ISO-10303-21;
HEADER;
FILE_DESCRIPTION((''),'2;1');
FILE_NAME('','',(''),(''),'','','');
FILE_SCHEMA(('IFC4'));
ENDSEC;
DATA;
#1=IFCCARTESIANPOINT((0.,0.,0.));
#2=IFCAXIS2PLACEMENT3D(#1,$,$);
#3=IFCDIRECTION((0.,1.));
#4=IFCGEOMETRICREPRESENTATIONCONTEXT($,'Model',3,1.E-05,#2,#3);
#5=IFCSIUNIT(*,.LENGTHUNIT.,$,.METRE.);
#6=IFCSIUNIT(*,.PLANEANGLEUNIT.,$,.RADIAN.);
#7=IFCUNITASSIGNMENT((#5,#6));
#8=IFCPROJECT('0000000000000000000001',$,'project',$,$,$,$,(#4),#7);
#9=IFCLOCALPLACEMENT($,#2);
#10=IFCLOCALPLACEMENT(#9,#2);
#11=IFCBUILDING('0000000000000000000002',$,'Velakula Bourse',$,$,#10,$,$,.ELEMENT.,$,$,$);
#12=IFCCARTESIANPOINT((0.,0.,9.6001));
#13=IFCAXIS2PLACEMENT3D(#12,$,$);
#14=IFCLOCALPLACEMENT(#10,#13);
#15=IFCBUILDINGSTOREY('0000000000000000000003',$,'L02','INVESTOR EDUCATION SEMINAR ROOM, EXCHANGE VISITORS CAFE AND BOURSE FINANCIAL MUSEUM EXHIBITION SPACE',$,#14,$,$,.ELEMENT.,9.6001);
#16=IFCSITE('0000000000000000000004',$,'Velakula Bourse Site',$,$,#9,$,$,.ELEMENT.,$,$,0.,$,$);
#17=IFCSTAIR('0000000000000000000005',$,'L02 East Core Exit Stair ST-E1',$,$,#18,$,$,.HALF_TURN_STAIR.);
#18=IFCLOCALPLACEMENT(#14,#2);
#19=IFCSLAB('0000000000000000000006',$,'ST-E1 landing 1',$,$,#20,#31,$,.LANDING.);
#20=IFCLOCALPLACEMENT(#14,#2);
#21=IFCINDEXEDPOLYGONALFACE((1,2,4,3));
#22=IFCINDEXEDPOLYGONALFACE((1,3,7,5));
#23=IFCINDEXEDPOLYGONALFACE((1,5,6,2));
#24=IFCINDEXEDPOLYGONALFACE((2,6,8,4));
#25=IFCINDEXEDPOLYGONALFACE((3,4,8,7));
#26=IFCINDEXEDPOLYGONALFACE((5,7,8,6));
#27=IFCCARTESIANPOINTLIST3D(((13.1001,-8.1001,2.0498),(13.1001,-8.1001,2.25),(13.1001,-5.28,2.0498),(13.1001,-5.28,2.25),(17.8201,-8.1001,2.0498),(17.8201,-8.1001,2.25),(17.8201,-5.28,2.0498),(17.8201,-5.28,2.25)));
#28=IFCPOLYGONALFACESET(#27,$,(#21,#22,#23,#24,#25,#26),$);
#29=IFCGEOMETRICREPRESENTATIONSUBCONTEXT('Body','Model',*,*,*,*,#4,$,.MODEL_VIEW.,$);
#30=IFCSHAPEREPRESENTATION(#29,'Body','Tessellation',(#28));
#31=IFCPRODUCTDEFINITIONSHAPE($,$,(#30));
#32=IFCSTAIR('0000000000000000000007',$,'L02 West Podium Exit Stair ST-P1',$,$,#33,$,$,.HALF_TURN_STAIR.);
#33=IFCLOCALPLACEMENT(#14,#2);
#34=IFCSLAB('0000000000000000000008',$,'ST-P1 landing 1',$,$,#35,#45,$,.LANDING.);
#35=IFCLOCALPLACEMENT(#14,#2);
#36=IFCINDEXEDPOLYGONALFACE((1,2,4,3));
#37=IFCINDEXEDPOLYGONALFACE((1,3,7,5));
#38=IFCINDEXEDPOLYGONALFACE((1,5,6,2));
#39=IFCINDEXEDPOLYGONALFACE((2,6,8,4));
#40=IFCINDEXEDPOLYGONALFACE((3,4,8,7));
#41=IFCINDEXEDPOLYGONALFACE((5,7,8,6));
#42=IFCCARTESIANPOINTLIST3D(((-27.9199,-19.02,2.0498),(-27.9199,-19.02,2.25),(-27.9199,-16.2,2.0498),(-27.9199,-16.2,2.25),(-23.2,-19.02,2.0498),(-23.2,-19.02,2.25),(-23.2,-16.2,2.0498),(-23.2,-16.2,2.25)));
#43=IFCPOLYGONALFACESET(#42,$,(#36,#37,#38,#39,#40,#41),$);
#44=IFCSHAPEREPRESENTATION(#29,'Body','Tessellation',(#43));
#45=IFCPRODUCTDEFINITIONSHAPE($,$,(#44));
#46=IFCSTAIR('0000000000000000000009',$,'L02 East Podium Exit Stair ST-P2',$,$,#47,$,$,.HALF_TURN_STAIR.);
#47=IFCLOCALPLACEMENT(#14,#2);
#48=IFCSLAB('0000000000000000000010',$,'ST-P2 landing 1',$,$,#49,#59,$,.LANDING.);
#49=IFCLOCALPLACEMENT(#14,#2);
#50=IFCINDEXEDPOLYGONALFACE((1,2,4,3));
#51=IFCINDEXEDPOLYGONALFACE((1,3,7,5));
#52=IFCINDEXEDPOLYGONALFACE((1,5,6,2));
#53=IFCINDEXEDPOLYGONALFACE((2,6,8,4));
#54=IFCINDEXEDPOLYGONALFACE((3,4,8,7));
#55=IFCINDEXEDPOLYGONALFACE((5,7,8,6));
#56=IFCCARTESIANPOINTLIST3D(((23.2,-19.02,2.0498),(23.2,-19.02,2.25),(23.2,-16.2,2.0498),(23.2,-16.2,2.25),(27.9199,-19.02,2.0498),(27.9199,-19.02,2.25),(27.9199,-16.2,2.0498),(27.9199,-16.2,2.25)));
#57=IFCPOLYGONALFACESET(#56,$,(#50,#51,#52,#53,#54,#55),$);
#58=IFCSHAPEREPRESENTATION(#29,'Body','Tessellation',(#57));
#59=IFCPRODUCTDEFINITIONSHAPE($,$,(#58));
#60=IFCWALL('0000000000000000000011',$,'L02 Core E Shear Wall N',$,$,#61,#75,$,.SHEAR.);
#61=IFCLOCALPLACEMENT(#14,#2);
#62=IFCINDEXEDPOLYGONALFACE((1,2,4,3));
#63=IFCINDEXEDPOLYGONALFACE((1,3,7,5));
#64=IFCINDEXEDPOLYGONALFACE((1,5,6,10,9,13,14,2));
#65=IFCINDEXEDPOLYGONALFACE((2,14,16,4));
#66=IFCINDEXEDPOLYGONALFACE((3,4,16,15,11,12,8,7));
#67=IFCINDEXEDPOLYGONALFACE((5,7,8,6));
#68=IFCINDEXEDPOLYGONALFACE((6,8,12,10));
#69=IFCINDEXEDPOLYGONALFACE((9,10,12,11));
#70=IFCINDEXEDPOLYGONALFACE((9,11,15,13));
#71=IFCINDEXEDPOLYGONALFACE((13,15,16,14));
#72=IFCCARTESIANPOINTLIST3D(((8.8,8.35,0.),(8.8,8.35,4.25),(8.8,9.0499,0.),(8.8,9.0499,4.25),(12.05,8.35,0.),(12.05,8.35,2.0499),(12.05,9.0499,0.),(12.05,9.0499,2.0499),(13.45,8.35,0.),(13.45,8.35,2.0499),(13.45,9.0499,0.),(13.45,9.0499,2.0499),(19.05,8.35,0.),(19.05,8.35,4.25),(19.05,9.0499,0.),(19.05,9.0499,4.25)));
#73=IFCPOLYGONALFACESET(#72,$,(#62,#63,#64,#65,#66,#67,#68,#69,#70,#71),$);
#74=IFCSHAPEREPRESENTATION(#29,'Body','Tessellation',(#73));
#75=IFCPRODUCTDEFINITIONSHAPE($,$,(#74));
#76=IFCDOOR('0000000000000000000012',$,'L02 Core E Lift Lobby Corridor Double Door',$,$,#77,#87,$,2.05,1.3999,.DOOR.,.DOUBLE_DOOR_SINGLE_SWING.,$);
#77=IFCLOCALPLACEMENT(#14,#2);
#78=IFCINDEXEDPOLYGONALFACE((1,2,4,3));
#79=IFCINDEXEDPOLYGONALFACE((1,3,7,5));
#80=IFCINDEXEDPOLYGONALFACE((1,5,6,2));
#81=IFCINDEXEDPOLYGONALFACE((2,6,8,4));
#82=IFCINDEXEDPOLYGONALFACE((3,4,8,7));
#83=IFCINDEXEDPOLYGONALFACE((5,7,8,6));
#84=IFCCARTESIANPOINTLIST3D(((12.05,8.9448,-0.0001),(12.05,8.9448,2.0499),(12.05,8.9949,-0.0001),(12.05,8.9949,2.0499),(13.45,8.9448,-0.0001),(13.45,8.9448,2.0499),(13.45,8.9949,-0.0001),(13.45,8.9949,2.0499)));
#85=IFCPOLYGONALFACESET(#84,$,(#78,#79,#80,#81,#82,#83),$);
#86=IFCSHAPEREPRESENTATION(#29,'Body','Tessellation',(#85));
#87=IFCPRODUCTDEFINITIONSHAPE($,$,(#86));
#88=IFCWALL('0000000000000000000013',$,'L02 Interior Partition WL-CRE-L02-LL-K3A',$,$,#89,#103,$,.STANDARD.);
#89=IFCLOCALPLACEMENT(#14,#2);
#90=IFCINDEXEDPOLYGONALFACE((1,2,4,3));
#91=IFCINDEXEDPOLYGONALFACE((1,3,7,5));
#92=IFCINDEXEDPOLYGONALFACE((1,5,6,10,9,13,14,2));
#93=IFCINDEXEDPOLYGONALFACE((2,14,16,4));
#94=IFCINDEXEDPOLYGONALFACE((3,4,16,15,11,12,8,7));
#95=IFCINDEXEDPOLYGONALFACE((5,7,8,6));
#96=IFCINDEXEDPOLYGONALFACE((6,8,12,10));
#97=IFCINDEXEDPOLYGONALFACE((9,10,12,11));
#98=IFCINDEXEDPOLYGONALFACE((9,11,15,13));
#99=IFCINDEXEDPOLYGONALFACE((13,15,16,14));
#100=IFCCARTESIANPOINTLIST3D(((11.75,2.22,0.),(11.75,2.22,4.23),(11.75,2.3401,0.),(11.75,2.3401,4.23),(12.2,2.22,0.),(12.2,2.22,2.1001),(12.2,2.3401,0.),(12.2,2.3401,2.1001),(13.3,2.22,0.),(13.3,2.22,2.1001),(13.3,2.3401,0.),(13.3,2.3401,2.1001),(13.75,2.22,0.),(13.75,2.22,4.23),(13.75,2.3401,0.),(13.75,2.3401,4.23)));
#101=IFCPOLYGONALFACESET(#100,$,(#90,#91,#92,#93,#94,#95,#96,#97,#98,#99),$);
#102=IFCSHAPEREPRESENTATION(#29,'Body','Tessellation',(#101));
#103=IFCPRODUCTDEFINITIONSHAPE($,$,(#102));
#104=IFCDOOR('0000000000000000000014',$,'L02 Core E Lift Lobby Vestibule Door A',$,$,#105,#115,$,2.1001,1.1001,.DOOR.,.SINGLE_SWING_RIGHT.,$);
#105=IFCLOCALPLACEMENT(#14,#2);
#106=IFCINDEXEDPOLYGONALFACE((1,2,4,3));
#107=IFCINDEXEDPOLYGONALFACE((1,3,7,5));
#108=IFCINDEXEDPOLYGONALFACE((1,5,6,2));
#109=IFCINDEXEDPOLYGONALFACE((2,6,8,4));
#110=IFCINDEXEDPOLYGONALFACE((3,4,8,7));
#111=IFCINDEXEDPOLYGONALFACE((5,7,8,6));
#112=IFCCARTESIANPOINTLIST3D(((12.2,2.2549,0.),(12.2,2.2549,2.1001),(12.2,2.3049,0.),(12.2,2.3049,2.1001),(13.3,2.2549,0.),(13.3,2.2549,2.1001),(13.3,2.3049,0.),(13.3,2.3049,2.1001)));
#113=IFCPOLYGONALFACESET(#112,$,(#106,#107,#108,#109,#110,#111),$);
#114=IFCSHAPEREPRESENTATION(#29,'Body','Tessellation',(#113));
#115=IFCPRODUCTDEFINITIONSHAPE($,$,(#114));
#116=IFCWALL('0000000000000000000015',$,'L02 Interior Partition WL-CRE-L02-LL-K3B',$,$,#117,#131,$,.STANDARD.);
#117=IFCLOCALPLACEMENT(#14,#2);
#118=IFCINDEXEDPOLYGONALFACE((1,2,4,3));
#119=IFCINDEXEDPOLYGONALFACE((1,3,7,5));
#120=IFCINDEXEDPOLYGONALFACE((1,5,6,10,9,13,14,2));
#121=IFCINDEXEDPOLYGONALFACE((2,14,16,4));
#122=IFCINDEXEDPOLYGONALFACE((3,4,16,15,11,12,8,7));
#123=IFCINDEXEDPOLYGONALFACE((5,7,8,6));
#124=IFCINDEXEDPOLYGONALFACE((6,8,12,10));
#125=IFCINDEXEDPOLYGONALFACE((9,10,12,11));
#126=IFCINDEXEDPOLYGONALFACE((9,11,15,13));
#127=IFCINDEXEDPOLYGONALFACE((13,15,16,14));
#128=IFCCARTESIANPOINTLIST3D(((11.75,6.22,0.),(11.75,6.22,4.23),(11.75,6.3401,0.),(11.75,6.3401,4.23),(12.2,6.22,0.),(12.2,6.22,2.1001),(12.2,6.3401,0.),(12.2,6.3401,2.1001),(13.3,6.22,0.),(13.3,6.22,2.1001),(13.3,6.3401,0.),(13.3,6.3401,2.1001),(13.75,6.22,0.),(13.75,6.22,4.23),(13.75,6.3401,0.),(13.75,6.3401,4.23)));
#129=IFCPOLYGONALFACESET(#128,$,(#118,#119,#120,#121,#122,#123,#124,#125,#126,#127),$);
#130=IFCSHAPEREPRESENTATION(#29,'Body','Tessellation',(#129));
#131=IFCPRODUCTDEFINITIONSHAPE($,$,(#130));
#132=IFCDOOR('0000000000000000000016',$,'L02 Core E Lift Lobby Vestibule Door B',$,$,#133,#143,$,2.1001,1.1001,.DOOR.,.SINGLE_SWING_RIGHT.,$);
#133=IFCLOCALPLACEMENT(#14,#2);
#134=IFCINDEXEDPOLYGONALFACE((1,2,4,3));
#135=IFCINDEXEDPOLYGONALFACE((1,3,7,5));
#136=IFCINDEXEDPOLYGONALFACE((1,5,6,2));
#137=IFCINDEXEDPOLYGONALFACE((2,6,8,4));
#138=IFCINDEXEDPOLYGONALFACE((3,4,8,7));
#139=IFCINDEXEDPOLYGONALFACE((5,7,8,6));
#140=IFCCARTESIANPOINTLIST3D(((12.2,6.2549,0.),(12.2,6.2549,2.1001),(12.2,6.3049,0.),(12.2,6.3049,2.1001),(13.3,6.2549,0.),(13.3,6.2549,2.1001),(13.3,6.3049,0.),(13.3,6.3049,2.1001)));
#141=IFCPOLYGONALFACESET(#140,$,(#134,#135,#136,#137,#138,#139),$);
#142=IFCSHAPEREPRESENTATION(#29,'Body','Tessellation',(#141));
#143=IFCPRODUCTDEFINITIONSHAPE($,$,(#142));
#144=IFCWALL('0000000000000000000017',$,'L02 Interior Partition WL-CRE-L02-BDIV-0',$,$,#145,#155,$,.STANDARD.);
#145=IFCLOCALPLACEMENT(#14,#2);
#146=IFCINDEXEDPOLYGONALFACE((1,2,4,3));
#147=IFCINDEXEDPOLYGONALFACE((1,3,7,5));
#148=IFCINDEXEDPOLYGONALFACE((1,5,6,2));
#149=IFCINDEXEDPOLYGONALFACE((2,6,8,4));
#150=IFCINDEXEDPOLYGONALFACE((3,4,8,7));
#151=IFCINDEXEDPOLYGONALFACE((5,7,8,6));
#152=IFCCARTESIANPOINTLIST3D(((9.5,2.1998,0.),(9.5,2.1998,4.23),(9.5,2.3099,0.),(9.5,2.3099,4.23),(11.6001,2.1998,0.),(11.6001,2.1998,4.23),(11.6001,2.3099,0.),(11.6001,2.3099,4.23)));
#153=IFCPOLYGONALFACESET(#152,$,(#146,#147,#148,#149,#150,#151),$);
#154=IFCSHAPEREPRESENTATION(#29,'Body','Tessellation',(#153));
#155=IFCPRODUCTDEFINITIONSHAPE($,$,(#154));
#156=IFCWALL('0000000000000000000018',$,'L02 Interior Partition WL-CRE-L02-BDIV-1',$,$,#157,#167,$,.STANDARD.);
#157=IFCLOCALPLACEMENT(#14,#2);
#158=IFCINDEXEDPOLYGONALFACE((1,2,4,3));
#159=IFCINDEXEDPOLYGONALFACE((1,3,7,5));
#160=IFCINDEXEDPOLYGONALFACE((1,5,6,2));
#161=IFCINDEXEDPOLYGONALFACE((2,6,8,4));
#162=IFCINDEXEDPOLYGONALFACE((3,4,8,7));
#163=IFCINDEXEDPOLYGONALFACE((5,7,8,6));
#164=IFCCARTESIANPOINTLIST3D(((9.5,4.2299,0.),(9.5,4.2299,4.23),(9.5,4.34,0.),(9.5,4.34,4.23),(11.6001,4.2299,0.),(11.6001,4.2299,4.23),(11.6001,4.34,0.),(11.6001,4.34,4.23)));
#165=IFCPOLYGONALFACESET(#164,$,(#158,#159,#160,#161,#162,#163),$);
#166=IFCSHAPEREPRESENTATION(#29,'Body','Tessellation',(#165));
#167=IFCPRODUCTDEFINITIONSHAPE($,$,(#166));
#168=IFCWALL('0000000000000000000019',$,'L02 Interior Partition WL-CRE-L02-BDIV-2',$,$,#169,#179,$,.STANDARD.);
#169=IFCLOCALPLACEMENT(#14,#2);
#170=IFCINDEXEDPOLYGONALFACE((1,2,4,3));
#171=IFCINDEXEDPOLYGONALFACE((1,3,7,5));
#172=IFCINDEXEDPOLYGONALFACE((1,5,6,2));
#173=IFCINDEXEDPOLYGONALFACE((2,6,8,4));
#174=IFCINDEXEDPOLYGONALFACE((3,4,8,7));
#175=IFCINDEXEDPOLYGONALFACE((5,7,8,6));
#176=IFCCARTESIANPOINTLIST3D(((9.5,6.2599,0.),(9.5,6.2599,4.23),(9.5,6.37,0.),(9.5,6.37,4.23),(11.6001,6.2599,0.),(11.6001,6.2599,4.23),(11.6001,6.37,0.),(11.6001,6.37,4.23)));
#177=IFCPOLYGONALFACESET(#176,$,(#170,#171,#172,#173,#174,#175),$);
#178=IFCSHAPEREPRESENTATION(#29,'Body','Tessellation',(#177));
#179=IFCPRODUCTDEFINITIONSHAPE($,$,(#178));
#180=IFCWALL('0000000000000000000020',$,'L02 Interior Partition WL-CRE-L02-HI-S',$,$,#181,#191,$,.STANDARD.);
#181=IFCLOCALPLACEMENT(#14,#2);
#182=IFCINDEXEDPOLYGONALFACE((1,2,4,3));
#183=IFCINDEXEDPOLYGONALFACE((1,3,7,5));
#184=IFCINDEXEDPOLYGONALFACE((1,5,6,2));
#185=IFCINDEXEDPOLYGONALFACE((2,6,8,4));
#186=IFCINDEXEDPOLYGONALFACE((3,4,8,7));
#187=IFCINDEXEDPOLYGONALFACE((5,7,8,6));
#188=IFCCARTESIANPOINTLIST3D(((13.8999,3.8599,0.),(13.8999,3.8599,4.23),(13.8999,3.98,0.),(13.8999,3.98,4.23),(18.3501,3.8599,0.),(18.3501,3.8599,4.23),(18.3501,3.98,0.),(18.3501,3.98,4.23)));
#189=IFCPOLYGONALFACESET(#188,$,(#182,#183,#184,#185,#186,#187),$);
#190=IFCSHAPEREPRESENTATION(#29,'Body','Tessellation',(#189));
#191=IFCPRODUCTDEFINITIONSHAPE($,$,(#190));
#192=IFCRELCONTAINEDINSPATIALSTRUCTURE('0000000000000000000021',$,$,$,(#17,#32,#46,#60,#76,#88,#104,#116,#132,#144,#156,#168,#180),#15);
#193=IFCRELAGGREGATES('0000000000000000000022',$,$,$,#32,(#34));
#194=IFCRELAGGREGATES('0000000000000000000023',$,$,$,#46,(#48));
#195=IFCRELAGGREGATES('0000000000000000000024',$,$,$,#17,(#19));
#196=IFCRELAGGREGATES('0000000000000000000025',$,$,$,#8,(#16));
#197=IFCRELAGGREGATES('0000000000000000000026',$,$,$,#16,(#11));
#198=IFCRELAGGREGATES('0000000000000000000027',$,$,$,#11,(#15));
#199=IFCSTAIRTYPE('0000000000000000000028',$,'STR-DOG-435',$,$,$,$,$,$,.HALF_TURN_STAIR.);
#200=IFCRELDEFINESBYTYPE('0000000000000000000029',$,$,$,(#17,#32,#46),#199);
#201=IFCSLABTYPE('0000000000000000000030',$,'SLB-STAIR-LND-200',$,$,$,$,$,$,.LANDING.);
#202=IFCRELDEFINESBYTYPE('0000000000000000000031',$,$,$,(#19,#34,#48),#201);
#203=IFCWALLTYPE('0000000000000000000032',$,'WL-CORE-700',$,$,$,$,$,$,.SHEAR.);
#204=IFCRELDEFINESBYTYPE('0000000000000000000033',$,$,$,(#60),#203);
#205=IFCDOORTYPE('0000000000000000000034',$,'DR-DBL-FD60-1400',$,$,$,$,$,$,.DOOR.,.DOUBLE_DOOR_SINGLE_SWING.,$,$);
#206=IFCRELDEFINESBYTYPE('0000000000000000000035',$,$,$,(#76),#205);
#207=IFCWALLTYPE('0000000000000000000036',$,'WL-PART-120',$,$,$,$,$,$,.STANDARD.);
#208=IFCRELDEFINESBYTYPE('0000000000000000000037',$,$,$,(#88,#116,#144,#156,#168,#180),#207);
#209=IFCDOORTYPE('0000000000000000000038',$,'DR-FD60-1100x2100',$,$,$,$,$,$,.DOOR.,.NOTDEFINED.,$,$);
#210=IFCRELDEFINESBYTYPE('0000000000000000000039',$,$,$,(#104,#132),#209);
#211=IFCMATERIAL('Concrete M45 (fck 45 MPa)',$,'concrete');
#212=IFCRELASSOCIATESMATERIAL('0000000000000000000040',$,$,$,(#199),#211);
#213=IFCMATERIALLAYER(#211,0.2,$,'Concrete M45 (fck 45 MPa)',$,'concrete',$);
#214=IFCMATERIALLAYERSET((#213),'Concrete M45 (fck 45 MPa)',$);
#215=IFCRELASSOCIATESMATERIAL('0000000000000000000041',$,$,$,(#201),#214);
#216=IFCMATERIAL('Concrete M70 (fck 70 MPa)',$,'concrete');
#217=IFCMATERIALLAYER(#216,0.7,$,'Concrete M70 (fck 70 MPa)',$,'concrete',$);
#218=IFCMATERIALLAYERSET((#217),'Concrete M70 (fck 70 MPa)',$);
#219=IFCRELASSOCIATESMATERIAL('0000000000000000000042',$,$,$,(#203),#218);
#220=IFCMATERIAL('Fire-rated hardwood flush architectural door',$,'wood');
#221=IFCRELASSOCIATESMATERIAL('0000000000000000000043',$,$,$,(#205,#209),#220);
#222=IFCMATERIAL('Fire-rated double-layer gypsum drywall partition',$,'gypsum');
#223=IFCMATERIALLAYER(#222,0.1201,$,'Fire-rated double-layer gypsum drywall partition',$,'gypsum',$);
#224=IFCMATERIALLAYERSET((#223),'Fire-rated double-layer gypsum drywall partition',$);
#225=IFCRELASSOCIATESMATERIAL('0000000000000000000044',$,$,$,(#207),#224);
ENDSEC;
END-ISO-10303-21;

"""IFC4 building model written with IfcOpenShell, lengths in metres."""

from ifc_helpers import new_model, si_unit, direction, frame, frame_2d, origin, place, context, subcontext, project, spatial, polyline, rectangle, outline, extrude, material, layer, layer_set, type_object, element, fill, aggregate, save


model = new_model("IFC4")

# Units and contexts
model_context = context("Model", 3, precision=1e-05, world=origin(), true_north=direction((0.0, 1.0)))
body_context = subcontext(model_context, "Body", "Model", "MODEL_VIEW")
ifc_project = project(units=[si_unit("LENGTHUNIT", "METRE"), si_unit("PLANEANGLEUNIT", "RADIAN")], contexts=[model_context])

# Site, building, storey
site_placement = place(None, origin())
site = spatial("IfcSite", under=ifc_project, at=site_placement, Name="Velakula Bourse Site", CompositionType="ELEMENT", RefElevation=0.0)
building_placement = place(site_placement, origin())
building = spatial("IfcBuilding", under=site, at=building_placement, Name="Velakula Bourse", CompositionType="ELEMENT")
storey_placement = place(building_placement, frame((0.0, 0.0, 9.6001)))
storey = spatial("IfcBuildingStorey", under=building, at=storey_placement, Name="L02", Description="INVESTOR EDUCATION SEMINAR ROOM, EXCHANGE VISITORS CAFE AND BOURSE FINANCIAL MUSEUM EXHIBITION SPACE", CompositionType="ELEMENT", Elevation=9.6001)

# Shared definitions
ifc_material_1 = material(Name="Concrete M70 (fck 70 MPa)", Category="concrete")

# Stairs, slabs
ifc_material_2 = material(Name="Concrete M45 (fck 45 MPa)", Category="concrete")
stair_type = type_object("IfcStairType", Name="STR-DOG-435", PredefinedType="HALF_TURN_STAIR", material=ifc_material_2)
ifc_layer_1 = layer(ifc_material_2, 0.2, Name="Concrete M45 (fck 45 MPa)", Category="concrete")
ifc_layer_set_1 = layer_set([ifc_layer_1], Name="Concrete M45 (fck 45 MPa)")
slab_type_1 = type_object("IfcSlabType", Name="SLB-STAIR-LND-200", PredefinedType="LANDING", material=ifc_layer_set_1)
stair_1_placement = place(storey_placement, origin())
stair_1 = element("IfcStair", 1, at=stair_1_placement, inside=storey, type_object=stair_type, Name="L02 East Core Exit Stair ST-E1", PredefinedType="HALF_TURN_STAIR")
slab_1_placement = place(storey_placement, frame((0.0, 0.0, 2.0498)))
slab_1 = element("IfcSlab", 2, at=slab_1_placement, type_object=slab_type_1, Name="ST-E1 landing 1", PredefinedType="LANDING", context=body_context, shape_type="SweptSolid", body=[
    extrude(outline(polyline([(13.1001, -5.28), (13.1001, -8.1001), (17.8201, -8.1001), (17.8201, -5.28), (13.1001, -5.28)])), origin(), (0.0, 0.0, 1.0), 0.2002),
])
stair_2_placement = place(storey_placement, origin())
stair_2 = element("IfcStair", 3, at=stair_2_placement, inside=storey, type_object=stair_type, Name="L02 West Podium Exit Stair ST-P1", PredefinedType="HALF_TURN_STAIR")
slab_2_placement = place(storey_placement, frame((0.0, 0.0, 2.0498)))
slab_2 = element("IfcSlab", 4, at=slab_2_placement, type_object=slab_type_1, Name="ST-P1 landing 1", PredefinedType="LANDING", context=body_context, shape_type="SweptSolid", body=[
    extrude(outline(polyline([(-23.2, -19.02), (-23.2, -16.2), (-27.9199, -16.2), (-27.9199, -19.02), (-23.2, -19.02)])), origin(), (0.0, 0.0, 1.0), 0.2002),
])
aggregate(stair_2, [slab_2])
stair_3_placement = place(storey_placement, origin())
stair_3 = element("IfcStair", 5, at=stair_3_placement, inside=storey, type_object=stair_type, Name="L02 East Podium Exit Stair ST-P2", PredefinedType="HALF_TURN_STAIR")
slab_3_placement = place(storey_placement, frame((0.0, 0.0, 2.0498)))
slab_3 = element("IfcSlab", 6, at=slab_3_placement, type_object=slab_type_1, Name="ST-P2 landing 1", PredefinedType="LANDING", context=body_context, shape_type="SweptSolid", body=[
    extrude(outline(polyline([(27.9199, -19.02), (27.9199, -16.2), (23.2, -16.2), (23.2, -19.02), (27.9199, -19.02)])), origin(), (0.0, 0.0, 1.0), 0.2002),
])
aggregate(stair_3, [slab_3])

# Walls, openings, doors
ifc_layer_2 = layer(ifc_material_1, 0.7, Name="Concrete M70 (fck 70 MPa)", Category="concrete")
ifc_layer_set_2 = layer_set([ifc_layer_2], Name="Concrete M70 (fck 70 MPa)")
wall_type_1 = type_object("IfcWallType", Name="WL-CORE-700", PredefinedType="SHEAR", material=ifc_layer_set_2)
wall_1_placement = place(storey_placement, frame((8.8, 8.7, 0.0), z_axis=(0.0, 0.0, 1.0), x_axis=(1.0, 0.0, 0.0)))
wall_1 = element("IfcWall", 7, at=wall_1_placement, inside=storey, type_object=wall_type_1, Name="L02 Core E Shear Wall N", PredefinedType="SHEAR", context=body_context, shape_type="SweptSolid", body=[
    extrude(rectangle(XDim=10.25, YDim=0.7, at=frame_2d((5.125, 0.0))), origin(), (0.0, 0.0, 1.0), 4.25),
])
opening_1_placement = place(wall_1_placement, frame((3.25, 0.0, 0.0)))
opening_1 = element("IfcOpeningElement", 8, at=opening_1_placement, cuts=wall_1, PredefinedType="OPENING", context=body_context, shape_type="SweptSolid", body=[
    extrude(rectangle(XDim=1.3999, YDim=2.05, at=frame_2d((0.7, 1.0249))), frame((0.0, 0.3599, 0.0), z_axis=(0.0, -1.0, 0.0), x_axis=(1.0, 0.0, 0.0)), (0.0, 0.0, 1.0), 0.72),
])
ifc_material_3 = material(Name="Fire-rated hardwood flush architectural door", Category="wood")
door_type_1 = type_object("IfcDoorType", Name="DR-DBL-FD60-1400", OperationType="DOUBLE_DOOR_SINGLE_SWING", PredefinedType="DOOR", material=ifc_material_3)
door_1_placement = place(opening_1_placement, origin())
door_1 = element("IfcDoor", 9, at=door_1_placement, inside=storey, type_object=door_type_1, Name="L02 Core E Lift Lobby Corridor Double Door", OperationType="DOUBLE_DOOR_SINGLE_SWING", OverallHeight=2.05, OverallWidth=1.3999, PredefinedType="DOOR", context=body_context, shape_type="SweptSolid", body=[
    extrude(rectangle(XDim=1.3999, YDim=2.05, at=frame_2d((0.7, 1.0249))), frame((0.0, 0.2949, 0.0), z_axis=(0.0, -1.0, 0.0), x_axis=(1.0, 0.0, 0.0)), (0.0, 0.0, 1.0), 0.05),
])
fill(opening_1, door_1)
ifc_material_4 = material(Name="Fire-rated double-layer gypsum drywall partition", Category="gypsum")
ifc_layer_3 = layer(ifc_material_4, 0.1201, Name="Fire-rated double-layer gypsum drywall partition", Category="gypsum")
ifc_layer_set_3 = layer_set([ifc_layer_3], Name="Fire-rated double-layer gypsum drywall partition")
wall_type_2 = type_object("IfcWallType", Name="WL-PART-120", PredefinedType="STANDARD", material=ifc_layer_set_3)
wall_2_placement = place(storey_placement, frame((11.75, 2.28, 0.0), z_axis=(0.0, 0.0, 1.0), x_axis=(1.0, 0.0, 0.0)))
wall_2 = element("IfcWall", 10, at=wall_2_placement, inside=storey, type_object=wall_type_2, Name="L02 Interior Partition WL-CRE-L02-LL-K3A", PredefinedType="STANDARD", context=body_context, shape_type="SweptSolid", body=[
    extrude(rectangle(XDim=2.0, YDim=0.1201, at=frame_2d((1.0, 0.0))), origin(), (0.0, 0.0, 1.0), 4.23),
])
opening_2_placement = place(wall_2_placement, frame((0.45, 0.0, 0.0)))
opening_2 = element("IfcOpeningElement", 11, at=opening_2_placement, cuts=wall_2, PredefinedType="OPENING", context=body_context, shape_type="SweptSolid", body=[
    extrude(rectangle(XDim=1.1001, YDim=2.1001, at=frame_2d((0.55, 1.05))), frame((0.0, 0.0701, 0.0), z_axis=(0.0, -1.0, 0.0), x_axis=(1.0, 0.0, 0.0)), (0.0, 0.0, 1.0), 0.1401),
])
door_type_2 = type_object("IfcDoorType", Name="DR-FD60-1100x2100", OperationType="NOTDEFINED", PredefinedType="DOOR", material=ifc_material_3)
door_2_placement = place(opening_2_placement, origin())
door_2 = element("IfcDoor", 12, at=door_2_placement, inside=storey, type_object=door_type_2, Name="L02 Core E Lift Lobby Vestibule Door A", OperationType="SINGLE_SWING_RIGHT", OverallHeight=2.1001, OverallWidth=1.1001, PredefinedType="DOOR", context=body_context, shape_type="SweptSolid", body=[
    extrude(rectangle(XDim=1.1001, YDim=2.1001, at=frame_2d((0.55, 1.05))), frame((0.0, 0.0249, 0.0), z_axis=(0.0, -1.0, 0.0), x_axis=(1.0, 0.0, 0.0)), (0.0, 0.0, 1.0), 0.05),
])
fill(opening_2, door_2)
wall_3_placement = place(storey_placement, frame((11.75, 6.28, 0.0), z_axis=(0.0, 0.0, 1.0), x_axis=(1.0, 0.0, 0.0)))
wall_3 = element("IfcWall", 13, at=wall_3_placement, inside=storey, type_object=wall_type_2, Name="L02 Interior Partition WL-CRE-L02-LL-K3B", PredefinedType="STANDARD", context=body_context, shape_type="SweptSolid", body=[
    extrude(rectangle(XDim=2.0, YDim=0.1201, at=frame_2d((1.0, 0.0))), origin(), (0.0, 0.0, 1.0), 4.23),
])
opening_3_placement = place(wall_3_placement, frame((0.45, 0.0, 0.0)))
opening_3 = element("IfcOpeningElement", 14, at=opening_3_placement, cuts=wall_3, PredefinedType="OPENING", context=body_context, shape_type="SweptSolid", body=[
    extrude(rectangle(XDim=1.1001, YDim=2.1001, at=frame_2d((0.55, 1.05))), frame((0.0, 0.0701, 0.0), z_axis=(0.0, -1.0, 0.0), x_axis=(1.0, 0.0, 0.0)), (0.0, 0.0, 1.0), 0.1401),
])
door_3_placement = place(opening_3_placement, origin())
door_3 = element("IfcDoor", 15, at=door_3_placement, inside=storey, type_object=door_type_2, Name="L02 Core E Lift Lobby Vestibule Door B", OperationType="SINGLE_SWING_RIGHT", OverallHeight=2.1001, OverallWidth=1.1001, PredefinedType="DOOR", context=body_context, shape_type="SweptSolid", body=[
    extrude(rectangle(XDim=1.1001, YDim=2.1001, at=frame_2d((0.55, 1.05))), frame((0.0, 0.0249, 0.0), z_axis=(0.0, -1.0, 0.0), x_axis=(1.0, 0.0, 0.0)), (0.0, 0.0, 1.0), 0.05),
])
fill(opening_3, door_3)

# Walls
for number, where, z_axis, x_axis, name in (
    (16, (9.5, 2.2549, 0.0), (0.0, 0.0, 1.0), (1.0, 0.0, 0.0), "L02 Interior Partition WL-CRE-L02-BDIV-0"),
    (17, (9.5, 4.2849, 0.0), (0.0, 0.0, 1.0), (1.0, 0.0, 0.0), "L02 Interior Partition WL-CRE-L02-BDIV-1"),
    (18, (9.5, 6.3149, 0.0), (0.0, 0.0, 1.0), (1.0, 0.0, 0.0), "L02 Interior Partition WL-CRE-L02-BDIV-2"),
):
    element("IfcWall", number, at=place(storey_placement, frame(where, z_axis=z_axis, x_axis=x_axis)), inside=storey, type_object=wall_type_2, Name=name, PredefinedType="STANDARD", context=body_context, shape_type="SweptSolid", body=[
        extrude(rectangle(XDim=2.1001, YDim=0.1101, at=frame_2d((1.05, 0.0))), origin(), (0.0, 0.0, 1.0), 4.23),
    ])
wall_4_placement = place(storey_placement, frame((13.8999, 3.9199, 0.0), z_axis=(0.0, 0.0, 1.0), x_axis=(1.0, 0.0, 0.0)))
element("IfcWall", 19, at=wall_4_placement, inside=storey, type_object=wall_type_2, Name="L02 Interior Partition WL-CRE-L02-HI-S", PredefinedType="STANDARD", context=body_context, shape_type="SweptSolid", body=[
    extrude(rectangle(XDim=4.4502, YDim=0.1201, at=frame_2d((2.2251, 0.0))), origin(), (0.0, 0.0, 1.0), 4.23),
])

aggregate(stair_1, [slab_1])

save(model, "model.ifc")
